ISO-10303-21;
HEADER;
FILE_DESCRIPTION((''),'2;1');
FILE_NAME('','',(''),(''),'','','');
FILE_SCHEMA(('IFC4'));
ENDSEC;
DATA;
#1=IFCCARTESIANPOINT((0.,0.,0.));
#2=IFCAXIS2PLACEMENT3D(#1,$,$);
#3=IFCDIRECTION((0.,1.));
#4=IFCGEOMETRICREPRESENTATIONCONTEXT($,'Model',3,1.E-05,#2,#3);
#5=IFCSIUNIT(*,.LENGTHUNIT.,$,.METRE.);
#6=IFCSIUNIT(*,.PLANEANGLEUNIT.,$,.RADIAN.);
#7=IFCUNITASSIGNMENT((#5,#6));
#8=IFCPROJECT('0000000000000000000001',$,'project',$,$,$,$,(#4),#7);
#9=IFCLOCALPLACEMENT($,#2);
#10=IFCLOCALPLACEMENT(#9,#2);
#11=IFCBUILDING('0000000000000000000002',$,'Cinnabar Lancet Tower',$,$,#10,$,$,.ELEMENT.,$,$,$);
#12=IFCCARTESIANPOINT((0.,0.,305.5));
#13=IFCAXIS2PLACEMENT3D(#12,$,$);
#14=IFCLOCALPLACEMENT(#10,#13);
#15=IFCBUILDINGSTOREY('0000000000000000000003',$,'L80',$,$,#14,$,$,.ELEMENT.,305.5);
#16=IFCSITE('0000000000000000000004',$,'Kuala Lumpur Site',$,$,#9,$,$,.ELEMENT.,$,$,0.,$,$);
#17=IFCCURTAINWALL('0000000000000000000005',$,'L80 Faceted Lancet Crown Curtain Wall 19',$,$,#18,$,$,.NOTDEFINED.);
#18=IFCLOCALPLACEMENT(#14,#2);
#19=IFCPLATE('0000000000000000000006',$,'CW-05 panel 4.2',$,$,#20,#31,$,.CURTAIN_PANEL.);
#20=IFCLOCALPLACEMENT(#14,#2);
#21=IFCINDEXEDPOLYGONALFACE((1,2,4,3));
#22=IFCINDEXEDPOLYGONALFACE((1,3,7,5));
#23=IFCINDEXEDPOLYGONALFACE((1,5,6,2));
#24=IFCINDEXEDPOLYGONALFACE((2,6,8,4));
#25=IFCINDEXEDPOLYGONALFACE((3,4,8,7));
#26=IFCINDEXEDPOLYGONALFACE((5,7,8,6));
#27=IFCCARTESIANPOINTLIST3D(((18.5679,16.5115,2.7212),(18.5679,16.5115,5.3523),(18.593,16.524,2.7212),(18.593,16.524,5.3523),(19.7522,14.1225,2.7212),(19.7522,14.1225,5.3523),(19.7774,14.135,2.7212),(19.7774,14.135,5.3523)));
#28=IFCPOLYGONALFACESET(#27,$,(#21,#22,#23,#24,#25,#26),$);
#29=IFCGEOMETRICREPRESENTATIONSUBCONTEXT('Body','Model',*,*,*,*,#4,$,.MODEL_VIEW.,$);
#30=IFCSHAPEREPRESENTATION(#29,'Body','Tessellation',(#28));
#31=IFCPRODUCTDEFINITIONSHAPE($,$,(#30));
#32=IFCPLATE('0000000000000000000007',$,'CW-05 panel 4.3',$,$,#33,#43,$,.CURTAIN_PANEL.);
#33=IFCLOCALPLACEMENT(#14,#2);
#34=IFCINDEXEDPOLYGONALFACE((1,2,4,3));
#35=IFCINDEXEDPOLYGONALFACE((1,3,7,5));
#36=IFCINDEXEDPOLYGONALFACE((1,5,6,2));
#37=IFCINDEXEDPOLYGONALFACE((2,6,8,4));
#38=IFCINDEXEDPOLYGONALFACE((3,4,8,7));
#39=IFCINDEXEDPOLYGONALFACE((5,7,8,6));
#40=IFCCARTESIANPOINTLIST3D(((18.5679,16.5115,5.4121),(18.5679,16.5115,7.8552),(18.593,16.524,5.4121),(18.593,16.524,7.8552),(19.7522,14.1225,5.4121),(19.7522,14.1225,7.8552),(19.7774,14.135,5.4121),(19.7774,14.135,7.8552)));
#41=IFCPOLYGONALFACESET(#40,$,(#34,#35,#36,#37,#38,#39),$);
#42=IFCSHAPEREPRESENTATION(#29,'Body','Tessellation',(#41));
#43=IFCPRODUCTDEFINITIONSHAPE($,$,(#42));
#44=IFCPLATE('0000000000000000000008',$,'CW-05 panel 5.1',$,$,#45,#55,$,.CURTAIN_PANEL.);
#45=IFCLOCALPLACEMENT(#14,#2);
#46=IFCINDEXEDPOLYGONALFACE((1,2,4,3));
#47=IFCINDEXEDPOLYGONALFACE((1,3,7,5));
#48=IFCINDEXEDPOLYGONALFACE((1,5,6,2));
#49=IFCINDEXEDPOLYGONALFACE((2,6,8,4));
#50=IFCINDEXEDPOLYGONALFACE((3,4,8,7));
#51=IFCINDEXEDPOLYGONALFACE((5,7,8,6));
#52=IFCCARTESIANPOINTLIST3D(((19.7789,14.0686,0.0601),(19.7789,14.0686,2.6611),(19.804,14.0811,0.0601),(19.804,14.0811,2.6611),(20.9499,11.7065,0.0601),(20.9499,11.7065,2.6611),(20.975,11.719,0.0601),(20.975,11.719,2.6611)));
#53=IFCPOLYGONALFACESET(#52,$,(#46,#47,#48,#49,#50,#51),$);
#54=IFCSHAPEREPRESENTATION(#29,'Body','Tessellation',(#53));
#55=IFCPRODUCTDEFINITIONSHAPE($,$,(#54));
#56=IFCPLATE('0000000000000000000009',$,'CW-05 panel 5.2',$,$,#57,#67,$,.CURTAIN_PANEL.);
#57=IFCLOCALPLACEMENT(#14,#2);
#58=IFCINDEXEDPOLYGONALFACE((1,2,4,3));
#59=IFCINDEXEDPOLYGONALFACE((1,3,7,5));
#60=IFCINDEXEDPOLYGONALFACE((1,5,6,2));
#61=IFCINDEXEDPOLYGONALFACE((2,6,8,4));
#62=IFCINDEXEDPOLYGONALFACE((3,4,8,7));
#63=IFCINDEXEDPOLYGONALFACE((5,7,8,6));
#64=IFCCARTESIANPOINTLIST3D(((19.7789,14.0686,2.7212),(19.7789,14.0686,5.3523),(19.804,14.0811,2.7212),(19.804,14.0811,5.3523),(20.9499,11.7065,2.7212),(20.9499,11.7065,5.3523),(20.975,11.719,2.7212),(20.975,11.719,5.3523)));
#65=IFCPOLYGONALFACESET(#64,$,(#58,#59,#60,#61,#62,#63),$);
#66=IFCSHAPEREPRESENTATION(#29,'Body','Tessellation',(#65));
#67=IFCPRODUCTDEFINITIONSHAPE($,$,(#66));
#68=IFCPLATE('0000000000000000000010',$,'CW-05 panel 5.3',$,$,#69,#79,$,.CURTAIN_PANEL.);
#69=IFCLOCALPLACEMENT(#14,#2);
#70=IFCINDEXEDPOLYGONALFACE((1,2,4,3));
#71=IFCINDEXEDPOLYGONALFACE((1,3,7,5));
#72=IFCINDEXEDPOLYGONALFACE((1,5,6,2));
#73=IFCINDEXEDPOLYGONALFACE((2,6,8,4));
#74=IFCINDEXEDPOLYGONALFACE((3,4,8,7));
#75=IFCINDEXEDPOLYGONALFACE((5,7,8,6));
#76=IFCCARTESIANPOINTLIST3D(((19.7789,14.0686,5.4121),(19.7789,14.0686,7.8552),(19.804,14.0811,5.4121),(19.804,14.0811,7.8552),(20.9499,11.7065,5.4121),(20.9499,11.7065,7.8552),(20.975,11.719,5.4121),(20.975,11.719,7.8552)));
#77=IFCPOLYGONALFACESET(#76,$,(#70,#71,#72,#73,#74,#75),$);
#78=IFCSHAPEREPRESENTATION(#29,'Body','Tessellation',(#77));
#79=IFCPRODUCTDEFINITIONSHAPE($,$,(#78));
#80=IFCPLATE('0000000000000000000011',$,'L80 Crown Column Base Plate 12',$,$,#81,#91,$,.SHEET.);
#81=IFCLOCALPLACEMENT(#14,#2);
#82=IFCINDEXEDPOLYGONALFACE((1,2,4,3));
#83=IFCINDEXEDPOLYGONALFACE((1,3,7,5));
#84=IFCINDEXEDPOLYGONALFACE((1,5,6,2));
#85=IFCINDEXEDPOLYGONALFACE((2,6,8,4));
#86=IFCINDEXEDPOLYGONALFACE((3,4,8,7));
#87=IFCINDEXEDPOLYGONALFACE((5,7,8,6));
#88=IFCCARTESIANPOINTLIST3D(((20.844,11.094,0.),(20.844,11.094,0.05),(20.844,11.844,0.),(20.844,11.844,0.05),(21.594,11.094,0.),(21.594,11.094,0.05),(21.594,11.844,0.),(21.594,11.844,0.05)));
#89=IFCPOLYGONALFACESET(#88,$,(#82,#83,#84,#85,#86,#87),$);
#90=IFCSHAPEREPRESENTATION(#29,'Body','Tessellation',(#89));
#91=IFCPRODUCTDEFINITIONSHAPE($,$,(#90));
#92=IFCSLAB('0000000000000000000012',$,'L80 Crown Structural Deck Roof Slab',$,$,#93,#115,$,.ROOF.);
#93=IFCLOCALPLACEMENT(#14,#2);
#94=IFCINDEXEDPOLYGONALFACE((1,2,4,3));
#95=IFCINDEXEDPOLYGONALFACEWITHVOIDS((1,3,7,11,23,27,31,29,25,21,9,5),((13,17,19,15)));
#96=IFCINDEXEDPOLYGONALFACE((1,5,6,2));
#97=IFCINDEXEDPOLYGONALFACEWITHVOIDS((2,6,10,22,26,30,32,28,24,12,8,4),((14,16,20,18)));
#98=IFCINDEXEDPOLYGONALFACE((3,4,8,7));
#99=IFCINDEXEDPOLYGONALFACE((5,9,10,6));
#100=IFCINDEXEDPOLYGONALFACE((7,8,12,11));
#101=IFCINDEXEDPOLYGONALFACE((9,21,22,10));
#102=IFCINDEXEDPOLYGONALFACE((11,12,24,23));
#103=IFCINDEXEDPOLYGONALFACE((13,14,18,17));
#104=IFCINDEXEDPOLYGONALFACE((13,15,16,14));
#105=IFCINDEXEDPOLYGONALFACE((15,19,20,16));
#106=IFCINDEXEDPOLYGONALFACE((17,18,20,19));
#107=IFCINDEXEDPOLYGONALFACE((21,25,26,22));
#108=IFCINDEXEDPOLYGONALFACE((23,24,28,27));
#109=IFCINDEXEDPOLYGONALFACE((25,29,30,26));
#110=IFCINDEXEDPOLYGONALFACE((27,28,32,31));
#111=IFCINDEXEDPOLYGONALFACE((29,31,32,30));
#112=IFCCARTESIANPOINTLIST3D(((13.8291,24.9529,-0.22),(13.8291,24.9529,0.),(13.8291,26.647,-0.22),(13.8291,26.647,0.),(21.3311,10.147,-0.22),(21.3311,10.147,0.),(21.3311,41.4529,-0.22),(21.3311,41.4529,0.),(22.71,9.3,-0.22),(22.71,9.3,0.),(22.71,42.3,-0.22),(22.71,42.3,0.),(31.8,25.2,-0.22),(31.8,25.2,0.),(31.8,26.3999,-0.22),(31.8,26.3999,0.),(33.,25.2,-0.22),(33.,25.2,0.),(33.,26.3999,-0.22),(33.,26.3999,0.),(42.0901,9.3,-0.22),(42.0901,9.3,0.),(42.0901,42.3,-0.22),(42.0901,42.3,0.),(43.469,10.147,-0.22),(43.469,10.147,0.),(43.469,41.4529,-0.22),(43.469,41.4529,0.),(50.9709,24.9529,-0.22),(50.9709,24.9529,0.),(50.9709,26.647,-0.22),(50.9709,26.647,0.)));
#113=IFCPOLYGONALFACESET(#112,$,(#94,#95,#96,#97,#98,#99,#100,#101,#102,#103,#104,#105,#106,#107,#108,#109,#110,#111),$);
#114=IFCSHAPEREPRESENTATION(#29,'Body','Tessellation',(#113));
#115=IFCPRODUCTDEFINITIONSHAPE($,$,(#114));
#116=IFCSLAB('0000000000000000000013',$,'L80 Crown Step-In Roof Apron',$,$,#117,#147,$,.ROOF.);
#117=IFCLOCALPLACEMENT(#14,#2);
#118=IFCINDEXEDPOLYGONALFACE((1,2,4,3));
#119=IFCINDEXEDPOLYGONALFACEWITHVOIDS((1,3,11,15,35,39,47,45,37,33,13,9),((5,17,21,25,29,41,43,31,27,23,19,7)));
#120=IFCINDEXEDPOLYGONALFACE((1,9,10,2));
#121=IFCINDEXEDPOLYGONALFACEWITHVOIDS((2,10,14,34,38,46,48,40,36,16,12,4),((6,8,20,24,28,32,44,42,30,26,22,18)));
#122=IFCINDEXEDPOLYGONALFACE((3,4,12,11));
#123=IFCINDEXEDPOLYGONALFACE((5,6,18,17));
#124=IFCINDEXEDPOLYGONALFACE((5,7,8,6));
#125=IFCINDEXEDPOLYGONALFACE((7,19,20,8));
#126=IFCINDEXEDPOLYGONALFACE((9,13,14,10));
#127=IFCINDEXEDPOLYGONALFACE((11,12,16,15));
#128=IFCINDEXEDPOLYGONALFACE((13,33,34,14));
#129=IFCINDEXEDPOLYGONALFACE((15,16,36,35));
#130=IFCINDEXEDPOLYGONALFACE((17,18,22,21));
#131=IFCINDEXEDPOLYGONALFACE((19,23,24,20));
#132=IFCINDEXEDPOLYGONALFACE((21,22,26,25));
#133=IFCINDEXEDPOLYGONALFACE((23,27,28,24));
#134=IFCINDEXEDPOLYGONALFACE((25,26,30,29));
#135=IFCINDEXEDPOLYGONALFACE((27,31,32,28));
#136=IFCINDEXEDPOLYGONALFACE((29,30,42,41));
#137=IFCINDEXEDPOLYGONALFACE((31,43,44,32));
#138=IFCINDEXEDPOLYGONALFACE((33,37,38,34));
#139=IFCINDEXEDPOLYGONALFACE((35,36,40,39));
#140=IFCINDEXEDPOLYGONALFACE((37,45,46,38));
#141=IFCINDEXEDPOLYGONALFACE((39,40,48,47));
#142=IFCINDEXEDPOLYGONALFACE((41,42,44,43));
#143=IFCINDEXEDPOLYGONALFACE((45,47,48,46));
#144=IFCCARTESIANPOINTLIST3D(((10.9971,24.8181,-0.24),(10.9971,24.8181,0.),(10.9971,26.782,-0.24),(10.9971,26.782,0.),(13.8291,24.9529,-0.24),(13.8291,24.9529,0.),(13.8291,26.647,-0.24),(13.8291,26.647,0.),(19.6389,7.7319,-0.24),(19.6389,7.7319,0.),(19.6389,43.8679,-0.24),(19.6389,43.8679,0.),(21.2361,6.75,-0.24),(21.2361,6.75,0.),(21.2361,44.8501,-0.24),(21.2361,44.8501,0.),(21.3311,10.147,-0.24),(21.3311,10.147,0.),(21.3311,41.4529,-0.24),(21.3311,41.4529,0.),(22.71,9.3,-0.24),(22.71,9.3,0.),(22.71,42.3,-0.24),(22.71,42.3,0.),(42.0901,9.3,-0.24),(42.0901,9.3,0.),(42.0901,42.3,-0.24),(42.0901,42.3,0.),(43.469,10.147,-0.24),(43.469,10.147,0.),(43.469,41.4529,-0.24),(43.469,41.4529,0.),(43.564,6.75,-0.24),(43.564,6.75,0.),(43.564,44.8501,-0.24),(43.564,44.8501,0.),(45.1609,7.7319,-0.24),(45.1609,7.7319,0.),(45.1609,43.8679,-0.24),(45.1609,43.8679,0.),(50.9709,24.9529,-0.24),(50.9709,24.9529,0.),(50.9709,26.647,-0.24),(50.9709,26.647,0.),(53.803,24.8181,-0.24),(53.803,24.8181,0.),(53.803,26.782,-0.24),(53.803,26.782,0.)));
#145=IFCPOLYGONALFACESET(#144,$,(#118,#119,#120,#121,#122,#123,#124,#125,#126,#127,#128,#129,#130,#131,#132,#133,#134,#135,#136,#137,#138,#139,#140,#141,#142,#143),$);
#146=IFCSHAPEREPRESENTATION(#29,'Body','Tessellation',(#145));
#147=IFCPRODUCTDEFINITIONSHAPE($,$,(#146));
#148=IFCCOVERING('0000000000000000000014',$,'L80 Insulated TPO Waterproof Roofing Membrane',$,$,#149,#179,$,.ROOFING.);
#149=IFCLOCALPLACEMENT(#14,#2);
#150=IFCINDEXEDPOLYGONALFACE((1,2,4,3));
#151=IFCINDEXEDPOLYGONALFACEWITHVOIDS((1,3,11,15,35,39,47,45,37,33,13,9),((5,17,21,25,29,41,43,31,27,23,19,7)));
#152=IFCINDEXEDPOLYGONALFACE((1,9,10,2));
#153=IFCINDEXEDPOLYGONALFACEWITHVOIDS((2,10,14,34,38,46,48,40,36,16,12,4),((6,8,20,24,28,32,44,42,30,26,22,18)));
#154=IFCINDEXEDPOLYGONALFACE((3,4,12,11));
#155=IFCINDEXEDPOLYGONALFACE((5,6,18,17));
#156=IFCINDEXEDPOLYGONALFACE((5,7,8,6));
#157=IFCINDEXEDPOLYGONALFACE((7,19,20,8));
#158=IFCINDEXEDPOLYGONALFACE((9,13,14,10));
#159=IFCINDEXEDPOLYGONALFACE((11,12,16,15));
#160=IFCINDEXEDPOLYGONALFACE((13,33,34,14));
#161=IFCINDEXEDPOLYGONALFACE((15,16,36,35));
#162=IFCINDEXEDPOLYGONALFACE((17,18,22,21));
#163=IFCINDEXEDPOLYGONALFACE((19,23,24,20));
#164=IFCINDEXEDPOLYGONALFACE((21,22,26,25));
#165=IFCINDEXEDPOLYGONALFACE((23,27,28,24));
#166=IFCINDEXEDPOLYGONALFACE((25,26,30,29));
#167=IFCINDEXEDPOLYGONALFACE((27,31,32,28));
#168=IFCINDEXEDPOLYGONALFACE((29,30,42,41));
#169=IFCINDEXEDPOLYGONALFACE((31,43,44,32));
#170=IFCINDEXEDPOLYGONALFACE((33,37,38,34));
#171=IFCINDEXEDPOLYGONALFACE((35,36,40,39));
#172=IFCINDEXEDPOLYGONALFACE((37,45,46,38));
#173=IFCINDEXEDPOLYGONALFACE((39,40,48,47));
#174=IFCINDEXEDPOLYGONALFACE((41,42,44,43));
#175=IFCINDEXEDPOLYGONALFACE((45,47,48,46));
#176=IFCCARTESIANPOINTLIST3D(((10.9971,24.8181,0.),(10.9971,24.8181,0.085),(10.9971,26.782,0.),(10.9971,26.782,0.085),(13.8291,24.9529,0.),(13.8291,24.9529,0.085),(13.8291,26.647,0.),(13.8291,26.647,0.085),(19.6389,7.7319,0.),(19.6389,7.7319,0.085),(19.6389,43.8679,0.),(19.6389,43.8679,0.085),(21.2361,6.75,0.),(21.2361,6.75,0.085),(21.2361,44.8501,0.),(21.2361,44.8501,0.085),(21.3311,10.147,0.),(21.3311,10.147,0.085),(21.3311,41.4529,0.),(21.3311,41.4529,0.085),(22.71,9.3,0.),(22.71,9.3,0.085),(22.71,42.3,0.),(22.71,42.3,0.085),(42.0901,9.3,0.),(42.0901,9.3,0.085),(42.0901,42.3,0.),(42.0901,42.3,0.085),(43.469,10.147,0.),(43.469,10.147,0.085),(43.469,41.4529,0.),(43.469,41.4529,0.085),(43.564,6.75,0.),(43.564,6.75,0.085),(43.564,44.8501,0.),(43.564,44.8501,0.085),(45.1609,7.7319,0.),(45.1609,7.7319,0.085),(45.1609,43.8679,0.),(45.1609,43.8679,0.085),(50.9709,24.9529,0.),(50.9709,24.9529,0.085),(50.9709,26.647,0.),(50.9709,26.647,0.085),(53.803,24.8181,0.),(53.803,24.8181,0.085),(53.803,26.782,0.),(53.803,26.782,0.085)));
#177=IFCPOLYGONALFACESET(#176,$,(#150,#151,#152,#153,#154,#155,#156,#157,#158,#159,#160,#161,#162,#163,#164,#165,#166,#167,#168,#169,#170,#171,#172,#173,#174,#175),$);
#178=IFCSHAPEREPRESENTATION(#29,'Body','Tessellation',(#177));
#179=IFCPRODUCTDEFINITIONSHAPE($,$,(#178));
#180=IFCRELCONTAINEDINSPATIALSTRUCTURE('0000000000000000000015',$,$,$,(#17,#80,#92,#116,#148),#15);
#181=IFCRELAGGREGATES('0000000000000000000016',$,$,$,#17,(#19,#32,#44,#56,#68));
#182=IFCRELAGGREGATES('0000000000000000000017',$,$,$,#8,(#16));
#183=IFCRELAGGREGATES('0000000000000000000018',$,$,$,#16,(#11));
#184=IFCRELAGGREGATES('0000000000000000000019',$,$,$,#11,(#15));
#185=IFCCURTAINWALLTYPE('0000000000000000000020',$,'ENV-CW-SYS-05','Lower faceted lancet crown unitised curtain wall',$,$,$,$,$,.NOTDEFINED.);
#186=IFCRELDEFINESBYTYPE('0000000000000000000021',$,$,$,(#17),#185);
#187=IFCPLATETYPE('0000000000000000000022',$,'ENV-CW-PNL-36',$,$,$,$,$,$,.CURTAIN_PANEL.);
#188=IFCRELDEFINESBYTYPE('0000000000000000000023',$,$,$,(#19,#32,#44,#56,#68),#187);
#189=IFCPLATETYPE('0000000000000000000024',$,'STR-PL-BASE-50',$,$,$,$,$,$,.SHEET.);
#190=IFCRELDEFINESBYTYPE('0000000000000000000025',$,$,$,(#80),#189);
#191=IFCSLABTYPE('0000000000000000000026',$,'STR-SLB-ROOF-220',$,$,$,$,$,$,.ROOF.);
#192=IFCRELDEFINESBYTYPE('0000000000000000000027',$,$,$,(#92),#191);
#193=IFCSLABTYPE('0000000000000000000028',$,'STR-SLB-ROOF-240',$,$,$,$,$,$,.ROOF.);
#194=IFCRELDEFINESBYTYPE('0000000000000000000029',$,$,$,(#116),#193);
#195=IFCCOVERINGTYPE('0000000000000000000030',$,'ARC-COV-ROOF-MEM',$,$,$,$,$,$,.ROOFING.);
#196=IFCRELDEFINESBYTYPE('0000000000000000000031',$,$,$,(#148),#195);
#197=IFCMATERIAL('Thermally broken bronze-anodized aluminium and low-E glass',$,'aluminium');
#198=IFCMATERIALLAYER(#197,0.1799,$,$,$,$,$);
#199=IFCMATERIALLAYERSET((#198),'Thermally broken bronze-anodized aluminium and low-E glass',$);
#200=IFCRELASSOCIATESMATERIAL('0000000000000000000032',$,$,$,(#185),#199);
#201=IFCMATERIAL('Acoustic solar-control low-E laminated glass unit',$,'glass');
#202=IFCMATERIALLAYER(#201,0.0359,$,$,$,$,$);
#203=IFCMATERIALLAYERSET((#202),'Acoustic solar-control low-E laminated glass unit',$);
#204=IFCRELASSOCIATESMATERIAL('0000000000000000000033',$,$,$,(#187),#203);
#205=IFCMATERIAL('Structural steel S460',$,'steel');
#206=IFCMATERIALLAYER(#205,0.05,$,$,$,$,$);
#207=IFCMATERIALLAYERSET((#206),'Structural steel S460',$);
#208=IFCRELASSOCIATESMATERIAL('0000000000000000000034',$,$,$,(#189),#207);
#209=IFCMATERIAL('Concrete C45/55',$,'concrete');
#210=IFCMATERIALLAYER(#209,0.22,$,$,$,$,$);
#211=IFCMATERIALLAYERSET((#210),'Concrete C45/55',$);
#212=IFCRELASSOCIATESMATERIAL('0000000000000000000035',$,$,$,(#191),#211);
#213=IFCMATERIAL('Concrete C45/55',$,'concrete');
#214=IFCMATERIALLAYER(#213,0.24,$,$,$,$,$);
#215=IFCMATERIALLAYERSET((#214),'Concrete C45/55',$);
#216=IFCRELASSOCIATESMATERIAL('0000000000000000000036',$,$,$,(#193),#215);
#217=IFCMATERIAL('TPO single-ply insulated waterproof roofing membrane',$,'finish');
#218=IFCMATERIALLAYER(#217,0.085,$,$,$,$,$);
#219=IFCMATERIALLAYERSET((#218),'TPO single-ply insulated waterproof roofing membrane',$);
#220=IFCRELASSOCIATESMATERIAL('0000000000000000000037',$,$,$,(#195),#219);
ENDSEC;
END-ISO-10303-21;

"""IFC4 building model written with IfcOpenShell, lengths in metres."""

from ifc_helpers import new_model, si_unit, direction, frame, origin, origin_2d, place, context, subcontext, project, spatial, polyline, rectangle, outline, extrude, material, layer, layer_set, type_object, element, aggregate, save


model = new_model("IFC4")

# Units and contexts
model_context = context("Model", 3, precision=1e-05, world=origin(), true_north=direction((0.0, 1.0)))
body_context = subcontext(model_context, "Body", "Model", "MODEL_VIEW")
ifc_project = project(units=[si_unit("LENGTHUNIT", "METRE"), si_unit("PLANEANGLEUNIT", "RADIAN")], contexts=[model_context])

# Site, building, storey
site_placement = place(None, origin())
site = spatial("IfcSite", under=ifc_project, at=site_placement, Name="Kuala Lumpur Site", CompositionType="ELEMENT", RefElevation=0.0)
building_placement = place(site_placement, origin())
building = spatial("IfcBuilding", under=site, at=building_placement, Name="Cinnabar Lancet Tower", CompositionType="ELEMENT")
storey_placement = place(building_placement, frame((0.0, 0.0, 305.5)))
storey = spatial("IfcBuildingStorey", under=building, at=storey_placement, Name="L80", CompositionType="ELEMENT", Elevation=305.5)

# Curtain wall
ifc_material_1 = material(Name="Thermally broken bronze-anodized aluminium and low-E glass", Category="aluminium")
ifc_layer_1 = layer(ifc_material_1, 0.1799)
ifc_layer_set_1 = layer_set([ifc_layer_1], Name="Thermally broken bronze-anodized aluminium and low-E glass")
curtain_wall_type = type_object("IfcCurtainWallType", Name="ENV-CW-SYS-05", Description="Lower faceted lancet crown unitised curtain wall", PredefinedType="NOTDEFINED", material=ifc_layer_set_1)
curtain_wall_1_placement = place(storey_placement, origin())
curtain_wall_1 = element("IfcCurtainWall", 1, at=curtain_wall_1_placement, inside=storey, type_object=curtain_wall_type, Name="L80 Faceted Lancet Crown Curtain Wall 19", PredefinedType="NOTDEFINED")

# Plates
ifc_material_2 = material(Name="Acoustic solar-control low-E laminated glass unit", Category="glass")
ifc_layer_2 = layer(ifc_material_2, 0.0359)
ifc_layer_set_2 = layer_set([ifc_layer_2], Name="Acoustic solar-control low-E laminated glass unit")
plate_type_1 = type_object("IfcPlateType", Name="ENV-CW-PNL-36", PredefinedType="CURTAIN_PANEL", material=ifc_layer_set_2)
plate_1_placement = place(storey_placement, frame((19.1726, 15.3232, 2.7212), z_axis=(0.0, 0.0, 1.0), x_axis=(0.444159, -0.895948, 0.0)))
plate_1 = element("IfcPlate", 2, at=plate_1_placement, type_object=plate_type_1, Name="CW-05 panel 4.2", PredefinedType="CURTAIN_PANEL", context=body_context, shape_type="SweptSolid", body=[
    extrude(rectangle(XDim=2.6665, YDim=0.0281, at=origin_2d()), origin(), (0.0, 0.0, 1.0), 2.6311),
])
plate_2_placement = place(storey_placement, frame((19.1726, 15.3232, 5.4121), z_axis=(0.0, 0.0, 1.0), x_axis=(0.444159, -0.895948, 0.0)))
plate_2 = element("IfcPlate", 3, at=plate_2_placement, type_object=plate_type_1, Name="CW-05 panel 4.3", PredefinedType="CURTAIN_PANEL", context=body_context, shape_type="SweptSolid", body=[
    extrude(rectangle(XDim=2.6665, YDim=0.0281, at=origin_2d()), origin(), (0.0, 0.0, 1.0), 2.4431),
])
plate_3_placement = place(storey_placement, frame((20.377, 12.8938, 0.0601), z_axis=(0.0, 0.0, 1.0), x_axis=(0.444159, -0.895948, 0.0)))
plate_3 = element("IfcPlate", 4, at=plate_3_placement, type_object=plate_type_1, Name="CW-05 panel 5.1", PredefinedType="CURTAIN_PANEL", context=body_context, shape_type="SweptSolid", body=[
    extrude(rectangle(XDim=2.6365, YDim=0.0281, at=origin_2d()), origin(), (0.0, 0.0, 1.0), 2.6011),
])
plate_4_placement = place(storey_placement, frame((20.377, 12.8938, 2.7212), z_axis=(0.0, 0.0, 1.0), x_axis=(0.444159, -0.895948, 0.0)))
plate_4 = element("IfcPlate", 5, at=plate_4_placement, type_object=plate_type_1, Name="CW-05 panel 5.2", PredefinedType="CURTAIN_PANEL", context=body_context, shape_type="SweptSolid", body=[
    extrude(rectangle(XDim=2.6365, YDim=0.0281, at=origin_2d()), origin(), (0.0, 0.0, 1.0), 2.6311),
])
plate_5_placement = place(storey_placement, frame((20.377, 12.8938, 5.4121), z_axis=(0.0, 0.0, 1.0), x_axis=(0.444159, -0.895948, 0.0)))
plate_5 = element("IfcPlate", 6, at=plate_5_placement, type_object=plate_type_1, Name="CW-05 panel 5.3", PredefinedType="CURTAIN_PANEL", context=body_context, shape_type="SweptSolid", body=[
    extrude(rectangle(XDim=2.6365, YDim=0.0281, at=origin_2d()), origin(), (0.0, 0.0, 1.0), 2.4431),
])
aggregate(curtain_wall_1, [plate_1, plate_2, plate_3, plate_4, plate_5])
ifc_material_3 = material(Name="Structural steel S460", Category="steel")
ifc_layer_3 = layer(ifc_material_3, 0.05)
ifc_layer_set_3 = layer_set([ifc_layer_3], Name="Structural steel S460")
plate_type_2 = type_object("IfcPlateType", Name="STR-PL-BASE-50", PredefinedType="SHEET", material=ifc_layer_set_3)
plate_6_placement = place(storey_placement, frame((21.219, 11.469, 0.0), z_axis=(0.0, 0.0, 1.0), x_axis=(1.0, 0.0, 0.0)))
element("IfcPlate", 7, at=plate_6_placement, inside=storey, type_object=plate_type_2, Name="L80 Crown Column Base Plate 12", PredefinedType="SHEET", context=body_context, shape_type="SweptSolid", body=[
    extrude(rectangle(XDim=0.75, YDim=0.75, at=origin_2d()), origin(), (0.0, 0.0, 1.0), 0.05),
])

# Slabs
ifc_material_4 = material(Name="Concrete C45/55", Category="concrete")
ifc_layer_4 = layer(ifc_material_4, 0.22)
ifc_layer_set_4 = layer_set([ifc_layer_4], Name="Concrete C45/55")
slab_type_1 = type_object("IfcSlabType", Name="STR-SLB-ROOF-220", PredefinedType="ROOF", material=ifc_layer_set_4)
slab_1_placement = place(storey_placement, frame((0.0, 0.0, -0.22)))
element("IfcSlab", 8, at=slab_1_placement, inside=storey, type_object=slab_type_1, Name="L80 Crown Structural Deck Roof Slab", PredefinedType="ROOF", context=body_context, shape_type="SweptSolid", body=[
    extrude(outline(polyline([(21.3311, 10.147), (22.71, 9.3), (42.0901, 9.3), (43.469, 10.147), (50.9709, 24.9529), (50.9709, 26.647), (43.469, 41.4529), (42.0901, 42.3), (22.71, 42.3), (21.3311, 41.4529), (13.8291, 26.647), (13.8291, 24.9529), (21.3311, 10.147)]), holes=[polyline([(31.8, 25.2), (33.0, 25.2), (33.0, 26.3999), (31.8, 26.3999), (31.8, 25.2)])]), origin(), (0.0, 0.0, 1.0), 0.22),
])
ifc_material_5 = material(Name="Concrete C45/55", Category="concrete")
ifc_layer_5 = layer(ifc_material_5, 0.24)
ifc_layer_set_5 = layer_set([ifc_layer_5], Name="Concrete C45/55")
slab_type_2 = type_object("IfcSlabType", Name="STR-SLB-ROOF-240", PredefinedType="ROOF", material=ifc_layer_set_5)
slab_2_placement = place(storey_placement, frame((0.0, 0.0, -0.24)))
element("IfcSlab", 9, at=slab_2_placement, inside=storey, type_object=slab_type_2, Name="L80 Crown Step-In Roof Apron", PredefinedType="ROOF", context=body_context, shape_type="SweptSolid", body=[
    extrude(outline(polyline([(19.6389, 7.7319), (21.2361, 6.75), (43.564, 6.75), (45.1609, 7.7319), (53.803, 24.8181), (53.803, 26.782), (45.1609, 43.8679), (43.564, 44.8501), (21.2361, 44.8501), (19.6389, 43.8679), (10.9971, 26.782), (10.9971, 24.8181), (19.6389, 7.7319)]), holes=[polyline([(21.3311, 10.147), (22.71, 9.3), (42.0901, 9.3), (43.469, 10.147), (50.9709, 24.9529), (50.9709, 26.647), (43.469, 41.4529), (42.0901, 42.3), (22.71, 42.3), (21.3311, 41.4529), (13.8291, 26.647), (13.8291, 24.9529), (21.3311, 10.147)])]), origin(), (0.0, 0.0, 1.0), 0.24),
])

# Covering
ifc_material_6 = material(Name="TPO single-ply insulated waterproof roofing membrane", Category="finish")
ifc_layer_6 = layer(ifc_material_6, 0.085)
ifc_layer_set_6 = layer_set([ifc_layer_6], Name="TPO single-ply insulated waterproof roofing membrane")
covering_type = type_object("IfcCoveringType", Name="ARC-COV-ROOF-MEM", PredefinedType="ROOFING", material=ifc_layer_set_6)
covering_placement = place(storey_placement, origin())
element("IfcCovering", 10, at=covering_placement, inside=storey, type_object=covering_type, Name="L80 Insulated TPO Waterproof Roofing Membrane", PredefinedType="ROOFING", context=body_context, shape_type="SweptSolid", body=[
    extrude(outline(polyline([(19.6389, 7.7319), (21.2361, 6.75), (43.564, 6.75), (45.1609, 7.7319), (53.803, 24.8181), (53.803, 26.782), (45.1609, 43.8679), (43.564, 44.8501), (21.2361, 44.8501), (19.6389, 43.8679), (10.9971, 26.782), (10.9971, 24.8181), (19.6389, 7.7319)]), holes=[polyline([(21.3311, 10.147), (22.71, 9.3), (42.0901, 9.3), (43.469, 10.147), (50.9709, 24.9529), (50.9709, 26.647), (43.469, 41.4529), (42.0901, 42.3), (22.71, 42.3), (21.3311, 41.4529), (13.8291, 26.647), (13.8291, 24.9529), (21.3311, 10.147)])]), origin(), (0.0, 0.0, 1.0), 0.085),
])

save(model, "model.ifc")
